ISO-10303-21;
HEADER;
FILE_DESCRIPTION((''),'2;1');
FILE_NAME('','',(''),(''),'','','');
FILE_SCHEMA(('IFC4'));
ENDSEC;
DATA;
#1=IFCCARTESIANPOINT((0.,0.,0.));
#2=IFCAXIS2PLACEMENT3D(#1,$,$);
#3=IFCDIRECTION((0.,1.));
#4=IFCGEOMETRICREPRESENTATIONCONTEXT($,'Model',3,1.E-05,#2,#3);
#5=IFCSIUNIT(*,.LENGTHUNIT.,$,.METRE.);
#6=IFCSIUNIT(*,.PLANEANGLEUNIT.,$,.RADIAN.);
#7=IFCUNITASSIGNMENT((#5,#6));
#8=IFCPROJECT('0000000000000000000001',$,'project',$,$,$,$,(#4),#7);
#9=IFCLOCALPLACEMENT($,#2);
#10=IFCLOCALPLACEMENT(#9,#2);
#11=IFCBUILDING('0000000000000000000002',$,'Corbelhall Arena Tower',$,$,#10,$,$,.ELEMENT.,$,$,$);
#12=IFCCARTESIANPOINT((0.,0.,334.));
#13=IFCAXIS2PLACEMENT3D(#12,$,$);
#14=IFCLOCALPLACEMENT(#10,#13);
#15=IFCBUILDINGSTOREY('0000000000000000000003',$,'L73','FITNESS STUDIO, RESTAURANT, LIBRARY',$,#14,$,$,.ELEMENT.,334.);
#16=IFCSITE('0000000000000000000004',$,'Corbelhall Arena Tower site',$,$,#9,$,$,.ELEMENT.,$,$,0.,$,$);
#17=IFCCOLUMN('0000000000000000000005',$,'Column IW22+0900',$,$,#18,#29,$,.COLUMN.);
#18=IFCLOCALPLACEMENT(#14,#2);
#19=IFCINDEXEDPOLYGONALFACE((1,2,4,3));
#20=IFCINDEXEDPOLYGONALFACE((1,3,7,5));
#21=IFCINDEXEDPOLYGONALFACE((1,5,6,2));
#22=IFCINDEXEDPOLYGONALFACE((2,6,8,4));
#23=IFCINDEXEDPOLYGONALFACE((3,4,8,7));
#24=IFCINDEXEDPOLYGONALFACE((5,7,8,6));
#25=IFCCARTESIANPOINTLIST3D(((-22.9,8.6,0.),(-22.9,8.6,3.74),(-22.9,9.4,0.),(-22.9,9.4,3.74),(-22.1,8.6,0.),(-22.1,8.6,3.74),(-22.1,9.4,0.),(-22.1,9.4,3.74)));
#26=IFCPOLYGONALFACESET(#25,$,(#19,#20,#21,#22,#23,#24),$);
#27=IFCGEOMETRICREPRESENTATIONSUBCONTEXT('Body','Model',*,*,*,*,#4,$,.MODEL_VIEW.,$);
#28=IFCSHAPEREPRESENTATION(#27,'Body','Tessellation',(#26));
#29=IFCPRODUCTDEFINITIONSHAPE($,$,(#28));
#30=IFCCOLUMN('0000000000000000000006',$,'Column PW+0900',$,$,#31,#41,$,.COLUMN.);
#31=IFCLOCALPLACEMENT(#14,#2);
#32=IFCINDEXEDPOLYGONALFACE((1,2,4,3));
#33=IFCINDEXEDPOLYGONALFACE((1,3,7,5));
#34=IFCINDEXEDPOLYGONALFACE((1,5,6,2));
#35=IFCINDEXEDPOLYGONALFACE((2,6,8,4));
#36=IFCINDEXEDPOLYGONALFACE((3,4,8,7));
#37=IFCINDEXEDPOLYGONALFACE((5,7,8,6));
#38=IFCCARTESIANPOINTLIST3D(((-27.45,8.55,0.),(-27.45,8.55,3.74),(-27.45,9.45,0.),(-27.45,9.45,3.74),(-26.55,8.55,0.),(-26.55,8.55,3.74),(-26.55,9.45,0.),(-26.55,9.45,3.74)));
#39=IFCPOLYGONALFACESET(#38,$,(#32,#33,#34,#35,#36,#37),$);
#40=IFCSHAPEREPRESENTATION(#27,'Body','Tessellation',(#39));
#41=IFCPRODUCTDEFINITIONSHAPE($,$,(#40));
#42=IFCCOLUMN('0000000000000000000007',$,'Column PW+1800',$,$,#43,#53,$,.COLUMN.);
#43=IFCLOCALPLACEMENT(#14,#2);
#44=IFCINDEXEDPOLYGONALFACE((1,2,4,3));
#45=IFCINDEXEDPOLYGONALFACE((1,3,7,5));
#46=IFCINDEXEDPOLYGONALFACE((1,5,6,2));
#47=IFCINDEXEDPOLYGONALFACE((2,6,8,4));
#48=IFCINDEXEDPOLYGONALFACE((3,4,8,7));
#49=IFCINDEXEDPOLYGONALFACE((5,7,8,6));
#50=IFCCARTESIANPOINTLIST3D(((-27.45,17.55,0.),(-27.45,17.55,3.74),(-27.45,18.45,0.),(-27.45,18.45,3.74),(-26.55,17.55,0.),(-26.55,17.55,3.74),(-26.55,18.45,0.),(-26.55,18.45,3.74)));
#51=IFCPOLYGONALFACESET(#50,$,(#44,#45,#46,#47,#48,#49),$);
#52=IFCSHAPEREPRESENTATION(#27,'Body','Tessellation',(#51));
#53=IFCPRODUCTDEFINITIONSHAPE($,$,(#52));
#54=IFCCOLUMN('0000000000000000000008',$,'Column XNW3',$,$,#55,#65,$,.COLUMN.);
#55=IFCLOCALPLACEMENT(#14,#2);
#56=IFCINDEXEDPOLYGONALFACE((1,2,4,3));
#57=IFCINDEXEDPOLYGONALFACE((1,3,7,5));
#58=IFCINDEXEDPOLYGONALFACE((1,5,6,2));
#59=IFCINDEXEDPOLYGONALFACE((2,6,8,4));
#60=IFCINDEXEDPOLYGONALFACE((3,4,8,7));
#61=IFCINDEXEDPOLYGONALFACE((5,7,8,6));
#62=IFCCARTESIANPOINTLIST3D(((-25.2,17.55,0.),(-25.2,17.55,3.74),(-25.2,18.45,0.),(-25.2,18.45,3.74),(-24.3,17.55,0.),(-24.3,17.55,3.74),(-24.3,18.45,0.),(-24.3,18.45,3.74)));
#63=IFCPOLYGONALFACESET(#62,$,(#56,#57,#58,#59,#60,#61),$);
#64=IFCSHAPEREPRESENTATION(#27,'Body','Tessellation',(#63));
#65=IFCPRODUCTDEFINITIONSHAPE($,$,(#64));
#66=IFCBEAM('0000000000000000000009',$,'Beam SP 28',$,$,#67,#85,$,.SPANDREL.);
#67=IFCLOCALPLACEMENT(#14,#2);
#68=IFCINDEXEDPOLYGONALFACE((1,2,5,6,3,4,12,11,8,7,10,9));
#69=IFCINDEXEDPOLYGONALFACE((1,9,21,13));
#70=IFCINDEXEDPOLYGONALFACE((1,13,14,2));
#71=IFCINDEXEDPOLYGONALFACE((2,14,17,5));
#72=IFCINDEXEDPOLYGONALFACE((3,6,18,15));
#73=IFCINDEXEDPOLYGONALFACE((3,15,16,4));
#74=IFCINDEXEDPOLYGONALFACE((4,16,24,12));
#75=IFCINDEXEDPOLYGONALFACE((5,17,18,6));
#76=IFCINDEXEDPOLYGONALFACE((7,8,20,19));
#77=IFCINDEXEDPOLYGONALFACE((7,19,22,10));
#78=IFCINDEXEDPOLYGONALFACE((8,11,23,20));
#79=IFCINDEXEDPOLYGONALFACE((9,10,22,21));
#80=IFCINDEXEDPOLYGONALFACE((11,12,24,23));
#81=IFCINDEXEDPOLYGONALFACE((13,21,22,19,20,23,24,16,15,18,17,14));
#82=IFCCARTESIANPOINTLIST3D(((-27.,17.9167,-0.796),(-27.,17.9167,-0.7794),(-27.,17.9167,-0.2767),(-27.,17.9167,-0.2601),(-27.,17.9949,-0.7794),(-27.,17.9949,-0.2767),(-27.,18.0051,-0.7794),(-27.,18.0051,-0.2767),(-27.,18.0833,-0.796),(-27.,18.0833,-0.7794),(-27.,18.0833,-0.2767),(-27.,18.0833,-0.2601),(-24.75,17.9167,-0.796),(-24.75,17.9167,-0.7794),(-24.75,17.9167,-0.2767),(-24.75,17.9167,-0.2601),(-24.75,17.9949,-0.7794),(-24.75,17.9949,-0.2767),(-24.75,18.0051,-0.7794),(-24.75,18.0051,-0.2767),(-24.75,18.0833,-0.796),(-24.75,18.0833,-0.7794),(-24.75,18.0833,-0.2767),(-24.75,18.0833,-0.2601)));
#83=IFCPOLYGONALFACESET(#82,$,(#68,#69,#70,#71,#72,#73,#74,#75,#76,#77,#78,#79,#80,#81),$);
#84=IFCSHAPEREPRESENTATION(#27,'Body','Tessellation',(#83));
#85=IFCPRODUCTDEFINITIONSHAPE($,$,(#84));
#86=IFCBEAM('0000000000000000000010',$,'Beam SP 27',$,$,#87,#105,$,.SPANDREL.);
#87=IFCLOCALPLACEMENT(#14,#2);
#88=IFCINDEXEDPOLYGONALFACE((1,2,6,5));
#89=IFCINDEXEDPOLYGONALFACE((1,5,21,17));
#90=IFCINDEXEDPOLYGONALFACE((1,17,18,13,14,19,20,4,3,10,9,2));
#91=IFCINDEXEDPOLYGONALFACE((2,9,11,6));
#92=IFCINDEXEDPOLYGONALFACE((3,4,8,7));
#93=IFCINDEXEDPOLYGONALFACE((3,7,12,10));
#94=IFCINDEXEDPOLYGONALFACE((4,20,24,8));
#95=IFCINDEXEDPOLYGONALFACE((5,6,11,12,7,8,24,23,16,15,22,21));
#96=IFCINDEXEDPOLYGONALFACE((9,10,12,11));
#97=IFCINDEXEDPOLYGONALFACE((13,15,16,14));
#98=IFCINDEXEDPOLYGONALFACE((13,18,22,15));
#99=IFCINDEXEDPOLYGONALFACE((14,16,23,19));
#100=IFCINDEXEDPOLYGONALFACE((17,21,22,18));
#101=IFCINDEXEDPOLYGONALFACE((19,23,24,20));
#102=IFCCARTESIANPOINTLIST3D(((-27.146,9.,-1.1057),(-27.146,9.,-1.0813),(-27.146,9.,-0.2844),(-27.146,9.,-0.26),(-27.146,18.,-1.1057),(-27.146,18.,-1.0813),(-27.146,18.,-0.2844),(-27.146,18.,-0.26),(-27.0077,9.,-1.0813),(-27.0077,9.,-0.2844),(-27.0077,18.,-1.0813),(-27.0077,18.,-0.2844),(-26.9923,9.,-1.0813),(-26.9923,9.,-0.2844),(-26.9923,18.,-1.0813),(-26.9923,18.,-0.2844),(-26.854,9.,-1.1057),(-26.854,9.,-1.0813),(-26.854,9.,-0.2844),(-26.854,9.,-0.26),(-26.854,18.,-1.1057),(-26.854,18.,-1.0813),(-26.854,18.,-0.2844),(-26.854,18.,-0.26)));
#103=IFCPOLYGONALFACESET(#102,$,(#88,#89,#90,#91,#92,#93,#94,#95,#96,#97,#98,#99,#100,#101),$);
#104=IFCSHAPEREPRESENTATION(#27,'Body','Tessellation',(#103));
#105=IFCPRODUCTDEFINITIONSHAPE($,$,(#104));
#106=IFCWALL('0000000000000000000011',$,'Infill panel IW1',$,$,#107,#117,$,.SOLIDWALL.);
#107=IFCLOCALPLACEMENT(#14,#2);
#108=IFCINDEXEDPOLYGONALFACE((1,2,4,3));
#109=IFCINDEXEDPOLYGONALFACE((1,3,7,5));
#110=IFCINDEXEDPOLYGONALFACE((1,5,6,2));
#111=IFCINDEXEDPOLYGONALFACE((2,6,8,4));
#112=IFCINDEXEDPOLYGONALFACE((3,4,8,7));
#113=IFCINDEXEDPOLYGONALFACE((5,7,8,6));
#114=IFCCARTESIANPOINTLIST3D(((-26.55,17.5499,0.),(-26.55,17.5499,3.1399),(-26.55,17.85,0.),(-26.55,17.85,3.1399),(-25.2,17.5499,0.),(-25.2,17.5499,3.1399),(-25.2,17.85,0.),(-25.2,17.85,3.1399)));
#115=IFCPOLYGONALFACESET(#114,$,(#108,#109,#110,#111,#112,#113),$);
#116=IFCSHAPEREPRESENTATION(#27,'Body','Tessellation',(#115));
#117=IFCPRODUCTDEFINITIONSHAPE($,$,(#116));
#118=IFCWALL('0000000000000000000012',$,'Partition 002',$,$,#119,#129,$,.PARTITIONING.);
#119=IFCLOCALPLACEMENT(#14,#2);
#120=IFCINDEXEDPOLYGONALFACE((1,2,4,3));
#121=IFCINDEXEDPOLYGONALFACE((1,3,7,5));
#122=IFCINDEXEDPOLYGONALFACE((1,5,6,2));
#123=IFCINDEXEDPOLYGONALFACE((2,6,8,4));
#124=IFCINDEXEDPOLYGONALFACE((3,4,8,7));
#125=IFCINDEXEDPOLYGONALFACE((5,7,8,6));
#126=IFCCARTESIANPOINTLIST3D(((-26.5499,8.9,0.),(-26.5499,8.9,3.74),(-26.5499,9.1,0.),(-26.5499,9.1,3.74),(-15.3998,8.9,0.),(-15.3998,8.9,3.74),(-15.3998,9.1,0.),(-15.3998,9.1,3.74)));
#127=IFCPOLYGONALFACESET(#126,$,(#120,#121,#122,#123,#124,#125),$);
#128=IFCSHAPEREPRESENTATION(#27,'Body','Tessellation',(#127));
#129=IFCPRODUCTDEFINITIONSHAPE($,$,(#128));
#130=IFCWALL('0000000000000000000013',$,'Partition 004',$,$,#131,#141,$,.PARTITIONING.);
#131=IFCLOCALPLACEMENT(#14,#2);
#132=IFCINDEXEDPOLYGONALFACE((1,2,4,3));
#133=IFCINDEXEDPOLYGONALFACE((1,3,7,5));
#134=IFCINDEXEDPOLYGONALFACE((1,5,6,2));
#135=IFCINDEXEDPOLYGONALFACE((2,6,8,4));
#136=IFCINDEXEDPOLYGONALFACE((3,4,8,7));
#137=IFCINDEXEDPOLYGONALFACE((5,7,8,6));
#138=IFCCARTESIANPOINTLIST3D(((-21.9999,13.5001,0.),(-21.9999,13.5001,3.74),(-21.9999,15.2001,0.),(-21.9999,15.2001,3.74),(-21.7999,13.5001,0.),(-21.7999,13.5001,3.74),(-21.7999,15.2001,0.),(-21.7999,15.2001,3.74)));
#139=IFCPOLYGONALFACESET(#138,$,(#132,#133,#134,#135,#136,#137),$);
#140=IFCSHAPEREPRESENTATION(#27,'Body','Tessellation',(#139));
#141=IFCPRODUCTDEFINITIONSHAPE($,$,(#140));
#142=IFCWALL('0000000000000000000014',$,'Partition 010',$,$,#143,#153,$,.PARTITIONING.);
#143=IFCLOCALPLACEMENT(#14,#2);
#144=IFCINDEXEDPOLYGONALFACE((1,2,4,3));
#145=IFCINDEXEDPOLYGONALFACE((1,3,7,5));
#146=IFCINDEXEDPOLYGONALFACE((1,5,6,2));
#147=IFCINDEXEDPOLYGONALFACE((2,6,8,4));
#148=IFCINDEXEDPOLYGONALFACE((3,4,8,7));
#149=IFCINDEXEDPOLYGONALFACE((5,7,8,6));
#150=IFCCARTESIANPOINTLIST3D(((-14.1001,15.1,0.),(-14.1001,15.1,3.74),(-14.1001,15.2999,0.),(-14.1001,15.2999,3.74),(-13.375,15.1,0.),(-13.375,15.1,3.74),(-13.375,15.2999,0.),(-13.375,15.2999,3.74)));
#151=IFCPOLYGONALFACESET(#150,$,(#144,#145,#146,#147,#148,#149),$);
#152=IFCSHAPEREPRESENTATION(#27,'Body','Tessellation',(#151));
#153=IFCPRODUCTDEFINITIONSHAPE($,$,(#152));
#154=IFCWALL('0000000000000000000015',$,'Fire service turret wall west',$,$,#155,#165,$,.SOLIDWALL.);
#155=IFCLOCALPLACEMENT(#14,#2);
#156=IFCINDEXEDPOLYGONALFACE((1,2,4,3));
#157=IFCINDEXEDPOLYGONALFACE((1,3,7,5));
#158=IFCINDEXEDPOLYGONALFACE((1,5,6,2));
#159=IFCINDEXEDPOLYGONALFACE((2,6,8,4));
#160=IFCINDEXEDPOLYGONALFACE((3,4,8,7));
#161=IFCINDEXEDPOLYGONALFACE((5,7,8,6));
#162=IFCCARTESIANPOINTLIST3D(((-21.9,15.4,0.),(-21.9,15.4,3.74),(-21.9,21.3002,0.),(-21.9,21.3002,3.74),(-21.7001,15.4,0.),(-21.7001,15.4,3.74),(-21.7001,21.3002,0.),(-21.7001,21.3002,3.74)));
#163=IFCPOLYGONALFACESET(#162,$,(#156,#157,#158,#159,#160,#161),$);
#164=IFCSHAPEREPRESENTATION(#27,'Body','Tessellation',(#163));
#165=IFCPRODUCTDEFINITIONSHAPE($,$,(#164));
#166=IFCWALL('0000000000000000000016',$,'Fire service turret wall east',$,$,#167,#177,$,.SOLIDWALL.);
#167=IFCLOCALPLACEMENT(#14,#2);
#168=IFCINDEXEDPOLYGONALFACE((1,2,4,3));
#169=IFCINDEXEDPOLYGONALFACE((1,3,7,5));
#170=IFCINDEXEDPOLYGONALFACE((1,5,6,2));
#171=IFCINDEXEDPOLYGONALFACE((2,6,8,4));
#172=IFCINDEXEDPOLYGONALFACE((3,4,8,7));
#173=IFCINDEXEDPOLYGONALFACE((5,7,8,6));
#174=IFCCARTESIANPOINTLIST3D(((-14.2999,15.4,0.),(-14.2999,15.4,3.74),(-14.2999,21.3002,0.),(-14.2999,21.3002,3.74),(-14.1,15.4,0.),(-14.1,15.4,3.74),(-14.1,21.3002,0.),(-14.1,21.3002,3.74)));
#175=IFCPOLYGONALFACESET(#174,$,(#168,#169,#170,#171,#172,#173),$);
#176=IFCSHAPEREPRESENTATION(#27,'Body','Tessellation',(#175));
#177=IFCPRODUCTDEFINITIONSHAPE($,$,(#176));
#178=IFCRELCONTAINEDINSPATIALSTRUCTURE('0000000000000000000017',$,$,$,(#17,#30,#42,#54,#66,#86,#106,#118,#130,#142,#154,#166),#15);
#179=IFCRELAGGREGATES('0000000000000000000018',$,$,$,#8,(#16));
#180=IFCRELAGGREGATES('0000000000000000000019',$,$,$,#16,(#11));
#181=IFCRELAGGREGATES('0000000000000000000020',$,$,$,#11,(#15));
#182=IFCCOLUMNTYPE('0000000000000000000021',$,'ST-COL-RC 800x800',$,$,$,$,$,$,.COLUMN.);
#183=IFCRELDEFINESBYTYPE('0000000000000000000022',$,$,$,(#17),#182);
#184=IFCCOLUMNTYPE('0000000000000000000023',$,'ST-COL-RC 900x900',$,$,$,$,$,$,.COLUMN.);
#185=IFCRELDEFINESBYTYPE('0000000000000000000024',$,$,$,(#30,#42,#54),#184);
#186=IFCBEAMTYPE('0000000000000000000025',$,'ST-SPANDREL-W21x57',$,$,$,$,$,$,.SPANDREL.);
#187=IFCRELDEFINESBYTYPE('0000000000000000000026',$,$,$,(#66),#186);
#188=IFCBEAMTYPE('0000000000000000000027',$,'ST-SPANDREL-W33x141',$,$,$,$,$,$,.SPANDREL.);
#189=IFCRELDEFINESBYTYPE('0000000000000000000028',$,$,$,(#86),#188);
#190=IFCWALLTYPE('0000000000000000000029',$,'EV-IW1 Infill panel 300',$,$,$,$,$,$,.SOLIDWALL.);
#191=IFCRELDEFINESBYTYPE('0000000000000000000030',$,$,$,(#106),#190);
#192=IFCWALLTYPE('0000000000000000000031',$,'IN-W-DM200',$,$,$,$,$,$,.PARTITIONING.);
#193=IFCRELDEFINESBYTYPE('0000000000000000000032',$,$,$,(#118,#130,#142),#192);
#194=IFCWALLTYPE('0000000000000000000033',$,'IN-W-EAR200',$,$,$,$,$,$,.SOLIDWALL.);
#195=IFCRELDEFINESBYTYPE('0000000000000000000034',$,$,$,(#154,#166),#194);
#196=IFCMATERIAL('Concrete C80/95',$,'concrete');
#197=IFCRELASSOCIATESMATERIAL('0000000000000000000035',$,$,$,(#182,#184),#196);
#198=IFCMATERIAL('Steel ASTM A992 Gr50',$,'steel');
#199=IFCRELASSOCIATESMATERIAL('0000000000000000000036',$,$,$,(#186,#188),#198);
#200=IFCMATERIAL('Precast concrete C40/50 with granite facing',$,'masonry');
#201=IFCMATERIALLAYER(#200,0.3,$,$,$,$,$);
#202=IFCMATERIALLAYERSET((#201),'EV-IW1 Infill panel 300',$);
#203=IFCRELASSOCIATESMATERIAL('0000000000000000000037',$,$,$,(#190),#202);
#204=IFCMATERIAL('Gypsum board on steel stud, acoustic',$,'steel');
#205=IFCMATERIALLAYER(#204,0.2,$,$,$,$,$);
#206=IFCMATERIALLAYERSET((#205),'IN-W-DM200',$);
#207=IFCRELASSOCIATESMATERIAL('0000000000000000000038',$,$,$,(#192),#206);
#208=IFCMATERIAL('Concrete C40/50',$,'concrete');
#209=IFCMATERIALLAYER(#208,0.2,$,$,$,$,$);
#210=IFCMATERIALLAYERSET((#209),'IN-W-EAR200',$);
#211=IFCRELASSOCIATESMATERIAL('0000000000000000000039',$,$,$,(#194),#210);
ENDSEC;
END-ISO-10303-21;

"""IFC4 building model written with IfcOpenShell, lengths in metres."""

from ifc_helpers import new_model, si_unit, direction, frame, frame_2d, origin, origin_2d, place, context, subcontext, project, spatial, rectangle, i_section, extrude, material, layer, layer_set, material_profile, profile_set, type_object, element, save


model = new_model("IFC4")

# Units and contexts
model_context = context("Model", 3, precision=1e-05, world=origin(), true_north=direction((0.0, 1.0)))
body_context = subcontext(model_context, "Body", "Model", "MODEL_VIEW")
ifc_project = project(units=[si_unit("LENGTHUNIT", "METRE"), si_unit("PLANEANGLEUNIT", "RADIAN")], contexts=[model_context])

# Site, building, storey
site_placement = place(None, origin())
site = spatial("IfcSite", under=ifc_project, at=site_placement, Name="Corbelhall Arena Tower site", CompositionType="ELEMENT", RefElevation=0.0)
building_placement = place(site_placement, origin())
building = spatial("IfcBuilding", under=site, at=building_placement, Name="Corbelhall Arena Tower", CompositionType="ELEMENT")
storey_placement = place(building_placement, frame((0.0, 0.0, 334.0)))
storey = spatial("IfcBuildingStorey", under=building, at=storey_placement, Name="L73", Description="FITNESS STUDIO, RESTAURANT, LIBRARY", CompositionType="ELEMENT", Elevation=334.0)

# Columns
ifc_material_1 = material(Name="Concrete C80/95", Category="concrete")
ifc_material_profile_1 = material_profile(ifc_material_1, rectangle(XDim=0.8, YDim=0.8, at=origin_2d()))
ifc_profile_set_1 = profile_set([ifc_material_profile_1], Name="Concrete C80/95")
column_type_1 = type_object("IfcColumnType", Name="ST-COL-RC 800x800", PredefinedType="COLUMN", material=ifc_profile_set_1)
column_placement = place(storey_placement, frame((-22.5, 9.0, 0.0), z_axis=(0.0, 0.0, 1.0), x_axis=(1.0, 0.0, 0.0)))
element("IfcColumn", 1, at=column_placement, inside=storey, type_object=column_type_1, Name="Column IW22+0900", PredefinedType="COLUMN", context=body_context, shape_type="SweptSolid", body=[
    extrude(rectangle(XDim=0.8, YDim=0.8, at=origin_2d()), origin(), (0.0, 0.0, 1.0), 3.74),
])
ifc_material_profile_2 = material_profile(ifc_material_1, rectangle(XDim=0.8999, YDim=0.8999, at=origin_2d()))
ifc_profile_set_2 = profile_set([ifc_material_profile_2], Name="Concrete C80/95")
column_type_2 = type_object("IfcColumnType", Name="ST-COL-RC 900x900", PredefinedType="COLUMN", material=ifc_profile_set_2)
for number, where, z_axis, x_axis, name in (
    (2, (-27.0, 9.0, 0.0), (0.0, 0.0, 1.0), (0.0, 1.0, 0.0), "Column PW+0900"),
    (3, (-27.0, 18.0, 0.0), (0.0, 0.0, 1.0), (0.0, 1.0, 0.0), "Column PW+1800"),
    (4, (-24.75, 18.0, 0.0), (0.0, 0.0, 1.0), (1.0, 0.0, 0.0), "Column XNW3"),
):
    element("IfcColumn", number, at=place(storey_placement, frame(where, z_axis=z_axis, x_axis=x_axis)), inside=storey, type_object=column_type_2, Name=name, PredefinedType="COLUMN", context=body_context, shape_type="SweptSolid", body=[
        extrude(rectangle(XDim=0.8999, YDim=0.8999, at=origin_2d()), origin(), (0.0, 0.0, 1.0), 3.74),
    ])

# Beams
ifc_material_2 = material(Name="Steel ASTM A992 Gr50", Category="steel")
ifc_material_profile_3 = material_profile(ifc_material_2, i_section(OverallWidth=0.1665, OverallDepth=0.5359, WebThickness=0.0103, FlangeThickness=0.0166, at=origin_2d()))
ifc_profile_set_3 = profile_set([ifc_material_profile_3], Name="Steel ASTM A992 Gr50")
beam_type_1 = type_object("IfcBeamType", Name="ST-SPANDREL-W21x57", PredefinedType="SPANDREL", material=ifc_profile_set_3)
beam_1_placement = place(storey_placement, frame((-27.0, 18.0, -0.5281), z_axis=(1.0, 0.0, 0.0), x_axis=(0.0, 1.0, 0.0)))
element("IfcBeam", 5, at=beam_1_placement, inside=storey, type_object=beam_type_1, Name="Beam SP 28", PredefinedType="SPANDREL", context=body_context, shape_type="SweptSolid", body=[
    extrude(i_section(OverallWidth=0.1665, OverallDepth=0.5359, WebThickness=0.0103, FlangeThickness=0.0166, at=origin_2d()), origin(), (0.0, 0.0, 1.0), 2.25),
])
ifc_material_profile_4 = material_profile(ifc_material_2, i_section(OverallWidth=0.292, OverallDepth=0.8457, WebThickness=0.0154, FlangeThickness=0.0244, at=origin_2d()))
ifc_profile_set_4 = profile_set([ifc_material_profile_4], Name="Steel ASTM A992 Gr50")
beam_type_2 = type_object("IfcBeamType", Name="ST-SPANDREL-W33x141", PredefinedType="SPANDREL", material=ifc_profile_set_4)
beam_2_placement = place(storey_placement, frame((-27.0, 9.0, -0.6829), z_axis=(0.0, 1.0, 0.0), x_axis=(-1.0, 0.0, 0.0)))
element("IfcBeam", 6, at=beam_2_placement, inside=storey, type_object=beam_type_2, Name="Beam SP 27", PredefinedType="SPANDREL", context=body_context, shape_type="SweptSolid", body=[
    extrude(i_section(OverallWidth=0.292, OverallDepth=0.8457, WebThickness=0.0154, FlangeThickness=0.0244, at=origin_2d()), origin(), (0.0, 0.0, 1.0), 9.0),
])

# Wall
ifc_material_3 = material(Name="Precast concrete C40/50 with granite facing", Category="masonry")
ifc_layer_1 = layer(ifc_material_3, 0.3)
ifc_layer_set_1 = layer_set([ifc_layer_1], Name="EV-IW1 Infill panel 300")
wall_type_1 = type_object("IfcWallType", Name="EV-IW1 Infill panel 300", PredefinedType="SOLIDWALL", material=ifc_layer_set_1)
wall_1_placement = place(storey_placement, frame((-25.2, 17.7, 0.0), z_axis=(0.0, 0.0, 1.0), x_axis=(-1.0, 0.0, 0.0)))
element("IfcWall", 7, at=wall_1_placement, inside=storey, type_object=wall_type_1, Name="Infill panel IW1", PredefinedType="SOLIDWALL", context=body_context, shape_type="SweptSolid", body=[
    extrude(rectangle(XDim=1.3501, YDim=0.3, at=frame_2d((0.675, 0.0))), origin(), (0.0, 0.0, 1.0), 3.1399),
])

# Walls
ifc_material_4 = material(Name="Gypsum board on steel stud, acoustic", Category="steel")
ifc_layer_2 = layer(ifc_material_4, 0.2)
ifc_layer_set_2 = layer_set([ifc_layer_2], Name="IN-W-DM200")
wall_type_2 = type_object("IfcWallType", Name="IN-W-DM200", PredefinedType="PARTITIONING", material=ifc_layer_set_2)
wall_2_placement = place(storey_placement, frame((-26.55, 9.0, 0.0), z_axis=(0.0, 0.0, 1.0), x_axis=(1.0, 0.0, 0.0)))
element("IfcWall", 8, at=wall_2_placement, inside=storey, type_object=wall_type_2, Name="Partition 002", PredefinedType="PARTITIONING", context=body_context, shape_type="SweptSolid", body=[
    extrude(rectangle(XDim=11.1501, YDim=0.2, at=frame_2d((5.5752, 0.0))), origin(), (0.0, 0.0, 1.0), 3.74),
])
wall_3_placement = place(storey_placement, frame((-21.8999, 13.5, 0.0), z_axis=(0.0, 0.0, 1.0), x_axis=(0.0, 1.0, 0.0)))
element("IfcWall", 9, at=wall_3_placement, inside=storey, type_object=wall_type_2, Name="Partition 004", PredefinedType="PARTITIONING", context=body_context, shape_type="SweptSolid", body=[
    extrude(rectangle(XDim=1.7, YDim=0.2, at=frame_2d((0.8501, 0.0))), origin(), (0.0, 0.0, 1.0), 3.74),
])

# Wall
wall_4_placement = place(storey_placement, frame((-14.1001, 15.2, 0.0), z_axis=(0.0, 0.0, 1.0), x_axis=(1.0, 0.0, 0.0)))
element("IfcWall", 10, at=wall_4_placement, inside=storey, type_object=wall_type_2, Name="Partition 010", PredefinedType="PARTITIONING", context=body_context, shape_type="SweptSolid", body=[
    extrude(rectangle(XDim=0.7251, YDim=0.2, at=frame_2d((0.3625, 0.0))), origin(), (0.0, 0.0, 1.0), 3.74),
])

# Shared definitions
ifc_material_5 = material(Name="Concrete C40/50", Category="concrete")
ifc_layer_3 = layer(ifc_material_5, 0.2)
ifc_layer_set_3 = layer_set([ifc_layer_3], Name="IN-W-EAR200")
wall_type_3 = type_object("IfcWallType", Name="IN-W-EAR200", PredefinedType="SOLIDWALL", material=ifc_layer_set_3)

# Walls
for number, where, z_axis, x_axis, name in (
    (11, (-21.8, 15.3999, 0.0), (0.0, 0.0, 1.0), (0.0, 1.0, 0.0), "Fire service turret wall west"),
    (12, (-14.2, 15.3999, 0.0), (0.0, 0.0, 1.0), (0.0, 1.0, 0.0), "Fire service turret wall east"),
):
    element("IfcWall", number, at=place(storey_placement, frame(where, z_axis=z_axis, x_axis=x_axis)), inside=storey, type_object=wall_type_3, Name=name, PredefinedType="SOLIDWALL", context=body_context, shape_type="SweptSolid", body=[
        extrude(rectangle(XDim=5.9001, YDim=0.2, at=frame_2d((2.9502, 0.0))), origin(), (0.0, 0.0, 1.0), 3.74),
    ])

save(model, "model.ifc")
